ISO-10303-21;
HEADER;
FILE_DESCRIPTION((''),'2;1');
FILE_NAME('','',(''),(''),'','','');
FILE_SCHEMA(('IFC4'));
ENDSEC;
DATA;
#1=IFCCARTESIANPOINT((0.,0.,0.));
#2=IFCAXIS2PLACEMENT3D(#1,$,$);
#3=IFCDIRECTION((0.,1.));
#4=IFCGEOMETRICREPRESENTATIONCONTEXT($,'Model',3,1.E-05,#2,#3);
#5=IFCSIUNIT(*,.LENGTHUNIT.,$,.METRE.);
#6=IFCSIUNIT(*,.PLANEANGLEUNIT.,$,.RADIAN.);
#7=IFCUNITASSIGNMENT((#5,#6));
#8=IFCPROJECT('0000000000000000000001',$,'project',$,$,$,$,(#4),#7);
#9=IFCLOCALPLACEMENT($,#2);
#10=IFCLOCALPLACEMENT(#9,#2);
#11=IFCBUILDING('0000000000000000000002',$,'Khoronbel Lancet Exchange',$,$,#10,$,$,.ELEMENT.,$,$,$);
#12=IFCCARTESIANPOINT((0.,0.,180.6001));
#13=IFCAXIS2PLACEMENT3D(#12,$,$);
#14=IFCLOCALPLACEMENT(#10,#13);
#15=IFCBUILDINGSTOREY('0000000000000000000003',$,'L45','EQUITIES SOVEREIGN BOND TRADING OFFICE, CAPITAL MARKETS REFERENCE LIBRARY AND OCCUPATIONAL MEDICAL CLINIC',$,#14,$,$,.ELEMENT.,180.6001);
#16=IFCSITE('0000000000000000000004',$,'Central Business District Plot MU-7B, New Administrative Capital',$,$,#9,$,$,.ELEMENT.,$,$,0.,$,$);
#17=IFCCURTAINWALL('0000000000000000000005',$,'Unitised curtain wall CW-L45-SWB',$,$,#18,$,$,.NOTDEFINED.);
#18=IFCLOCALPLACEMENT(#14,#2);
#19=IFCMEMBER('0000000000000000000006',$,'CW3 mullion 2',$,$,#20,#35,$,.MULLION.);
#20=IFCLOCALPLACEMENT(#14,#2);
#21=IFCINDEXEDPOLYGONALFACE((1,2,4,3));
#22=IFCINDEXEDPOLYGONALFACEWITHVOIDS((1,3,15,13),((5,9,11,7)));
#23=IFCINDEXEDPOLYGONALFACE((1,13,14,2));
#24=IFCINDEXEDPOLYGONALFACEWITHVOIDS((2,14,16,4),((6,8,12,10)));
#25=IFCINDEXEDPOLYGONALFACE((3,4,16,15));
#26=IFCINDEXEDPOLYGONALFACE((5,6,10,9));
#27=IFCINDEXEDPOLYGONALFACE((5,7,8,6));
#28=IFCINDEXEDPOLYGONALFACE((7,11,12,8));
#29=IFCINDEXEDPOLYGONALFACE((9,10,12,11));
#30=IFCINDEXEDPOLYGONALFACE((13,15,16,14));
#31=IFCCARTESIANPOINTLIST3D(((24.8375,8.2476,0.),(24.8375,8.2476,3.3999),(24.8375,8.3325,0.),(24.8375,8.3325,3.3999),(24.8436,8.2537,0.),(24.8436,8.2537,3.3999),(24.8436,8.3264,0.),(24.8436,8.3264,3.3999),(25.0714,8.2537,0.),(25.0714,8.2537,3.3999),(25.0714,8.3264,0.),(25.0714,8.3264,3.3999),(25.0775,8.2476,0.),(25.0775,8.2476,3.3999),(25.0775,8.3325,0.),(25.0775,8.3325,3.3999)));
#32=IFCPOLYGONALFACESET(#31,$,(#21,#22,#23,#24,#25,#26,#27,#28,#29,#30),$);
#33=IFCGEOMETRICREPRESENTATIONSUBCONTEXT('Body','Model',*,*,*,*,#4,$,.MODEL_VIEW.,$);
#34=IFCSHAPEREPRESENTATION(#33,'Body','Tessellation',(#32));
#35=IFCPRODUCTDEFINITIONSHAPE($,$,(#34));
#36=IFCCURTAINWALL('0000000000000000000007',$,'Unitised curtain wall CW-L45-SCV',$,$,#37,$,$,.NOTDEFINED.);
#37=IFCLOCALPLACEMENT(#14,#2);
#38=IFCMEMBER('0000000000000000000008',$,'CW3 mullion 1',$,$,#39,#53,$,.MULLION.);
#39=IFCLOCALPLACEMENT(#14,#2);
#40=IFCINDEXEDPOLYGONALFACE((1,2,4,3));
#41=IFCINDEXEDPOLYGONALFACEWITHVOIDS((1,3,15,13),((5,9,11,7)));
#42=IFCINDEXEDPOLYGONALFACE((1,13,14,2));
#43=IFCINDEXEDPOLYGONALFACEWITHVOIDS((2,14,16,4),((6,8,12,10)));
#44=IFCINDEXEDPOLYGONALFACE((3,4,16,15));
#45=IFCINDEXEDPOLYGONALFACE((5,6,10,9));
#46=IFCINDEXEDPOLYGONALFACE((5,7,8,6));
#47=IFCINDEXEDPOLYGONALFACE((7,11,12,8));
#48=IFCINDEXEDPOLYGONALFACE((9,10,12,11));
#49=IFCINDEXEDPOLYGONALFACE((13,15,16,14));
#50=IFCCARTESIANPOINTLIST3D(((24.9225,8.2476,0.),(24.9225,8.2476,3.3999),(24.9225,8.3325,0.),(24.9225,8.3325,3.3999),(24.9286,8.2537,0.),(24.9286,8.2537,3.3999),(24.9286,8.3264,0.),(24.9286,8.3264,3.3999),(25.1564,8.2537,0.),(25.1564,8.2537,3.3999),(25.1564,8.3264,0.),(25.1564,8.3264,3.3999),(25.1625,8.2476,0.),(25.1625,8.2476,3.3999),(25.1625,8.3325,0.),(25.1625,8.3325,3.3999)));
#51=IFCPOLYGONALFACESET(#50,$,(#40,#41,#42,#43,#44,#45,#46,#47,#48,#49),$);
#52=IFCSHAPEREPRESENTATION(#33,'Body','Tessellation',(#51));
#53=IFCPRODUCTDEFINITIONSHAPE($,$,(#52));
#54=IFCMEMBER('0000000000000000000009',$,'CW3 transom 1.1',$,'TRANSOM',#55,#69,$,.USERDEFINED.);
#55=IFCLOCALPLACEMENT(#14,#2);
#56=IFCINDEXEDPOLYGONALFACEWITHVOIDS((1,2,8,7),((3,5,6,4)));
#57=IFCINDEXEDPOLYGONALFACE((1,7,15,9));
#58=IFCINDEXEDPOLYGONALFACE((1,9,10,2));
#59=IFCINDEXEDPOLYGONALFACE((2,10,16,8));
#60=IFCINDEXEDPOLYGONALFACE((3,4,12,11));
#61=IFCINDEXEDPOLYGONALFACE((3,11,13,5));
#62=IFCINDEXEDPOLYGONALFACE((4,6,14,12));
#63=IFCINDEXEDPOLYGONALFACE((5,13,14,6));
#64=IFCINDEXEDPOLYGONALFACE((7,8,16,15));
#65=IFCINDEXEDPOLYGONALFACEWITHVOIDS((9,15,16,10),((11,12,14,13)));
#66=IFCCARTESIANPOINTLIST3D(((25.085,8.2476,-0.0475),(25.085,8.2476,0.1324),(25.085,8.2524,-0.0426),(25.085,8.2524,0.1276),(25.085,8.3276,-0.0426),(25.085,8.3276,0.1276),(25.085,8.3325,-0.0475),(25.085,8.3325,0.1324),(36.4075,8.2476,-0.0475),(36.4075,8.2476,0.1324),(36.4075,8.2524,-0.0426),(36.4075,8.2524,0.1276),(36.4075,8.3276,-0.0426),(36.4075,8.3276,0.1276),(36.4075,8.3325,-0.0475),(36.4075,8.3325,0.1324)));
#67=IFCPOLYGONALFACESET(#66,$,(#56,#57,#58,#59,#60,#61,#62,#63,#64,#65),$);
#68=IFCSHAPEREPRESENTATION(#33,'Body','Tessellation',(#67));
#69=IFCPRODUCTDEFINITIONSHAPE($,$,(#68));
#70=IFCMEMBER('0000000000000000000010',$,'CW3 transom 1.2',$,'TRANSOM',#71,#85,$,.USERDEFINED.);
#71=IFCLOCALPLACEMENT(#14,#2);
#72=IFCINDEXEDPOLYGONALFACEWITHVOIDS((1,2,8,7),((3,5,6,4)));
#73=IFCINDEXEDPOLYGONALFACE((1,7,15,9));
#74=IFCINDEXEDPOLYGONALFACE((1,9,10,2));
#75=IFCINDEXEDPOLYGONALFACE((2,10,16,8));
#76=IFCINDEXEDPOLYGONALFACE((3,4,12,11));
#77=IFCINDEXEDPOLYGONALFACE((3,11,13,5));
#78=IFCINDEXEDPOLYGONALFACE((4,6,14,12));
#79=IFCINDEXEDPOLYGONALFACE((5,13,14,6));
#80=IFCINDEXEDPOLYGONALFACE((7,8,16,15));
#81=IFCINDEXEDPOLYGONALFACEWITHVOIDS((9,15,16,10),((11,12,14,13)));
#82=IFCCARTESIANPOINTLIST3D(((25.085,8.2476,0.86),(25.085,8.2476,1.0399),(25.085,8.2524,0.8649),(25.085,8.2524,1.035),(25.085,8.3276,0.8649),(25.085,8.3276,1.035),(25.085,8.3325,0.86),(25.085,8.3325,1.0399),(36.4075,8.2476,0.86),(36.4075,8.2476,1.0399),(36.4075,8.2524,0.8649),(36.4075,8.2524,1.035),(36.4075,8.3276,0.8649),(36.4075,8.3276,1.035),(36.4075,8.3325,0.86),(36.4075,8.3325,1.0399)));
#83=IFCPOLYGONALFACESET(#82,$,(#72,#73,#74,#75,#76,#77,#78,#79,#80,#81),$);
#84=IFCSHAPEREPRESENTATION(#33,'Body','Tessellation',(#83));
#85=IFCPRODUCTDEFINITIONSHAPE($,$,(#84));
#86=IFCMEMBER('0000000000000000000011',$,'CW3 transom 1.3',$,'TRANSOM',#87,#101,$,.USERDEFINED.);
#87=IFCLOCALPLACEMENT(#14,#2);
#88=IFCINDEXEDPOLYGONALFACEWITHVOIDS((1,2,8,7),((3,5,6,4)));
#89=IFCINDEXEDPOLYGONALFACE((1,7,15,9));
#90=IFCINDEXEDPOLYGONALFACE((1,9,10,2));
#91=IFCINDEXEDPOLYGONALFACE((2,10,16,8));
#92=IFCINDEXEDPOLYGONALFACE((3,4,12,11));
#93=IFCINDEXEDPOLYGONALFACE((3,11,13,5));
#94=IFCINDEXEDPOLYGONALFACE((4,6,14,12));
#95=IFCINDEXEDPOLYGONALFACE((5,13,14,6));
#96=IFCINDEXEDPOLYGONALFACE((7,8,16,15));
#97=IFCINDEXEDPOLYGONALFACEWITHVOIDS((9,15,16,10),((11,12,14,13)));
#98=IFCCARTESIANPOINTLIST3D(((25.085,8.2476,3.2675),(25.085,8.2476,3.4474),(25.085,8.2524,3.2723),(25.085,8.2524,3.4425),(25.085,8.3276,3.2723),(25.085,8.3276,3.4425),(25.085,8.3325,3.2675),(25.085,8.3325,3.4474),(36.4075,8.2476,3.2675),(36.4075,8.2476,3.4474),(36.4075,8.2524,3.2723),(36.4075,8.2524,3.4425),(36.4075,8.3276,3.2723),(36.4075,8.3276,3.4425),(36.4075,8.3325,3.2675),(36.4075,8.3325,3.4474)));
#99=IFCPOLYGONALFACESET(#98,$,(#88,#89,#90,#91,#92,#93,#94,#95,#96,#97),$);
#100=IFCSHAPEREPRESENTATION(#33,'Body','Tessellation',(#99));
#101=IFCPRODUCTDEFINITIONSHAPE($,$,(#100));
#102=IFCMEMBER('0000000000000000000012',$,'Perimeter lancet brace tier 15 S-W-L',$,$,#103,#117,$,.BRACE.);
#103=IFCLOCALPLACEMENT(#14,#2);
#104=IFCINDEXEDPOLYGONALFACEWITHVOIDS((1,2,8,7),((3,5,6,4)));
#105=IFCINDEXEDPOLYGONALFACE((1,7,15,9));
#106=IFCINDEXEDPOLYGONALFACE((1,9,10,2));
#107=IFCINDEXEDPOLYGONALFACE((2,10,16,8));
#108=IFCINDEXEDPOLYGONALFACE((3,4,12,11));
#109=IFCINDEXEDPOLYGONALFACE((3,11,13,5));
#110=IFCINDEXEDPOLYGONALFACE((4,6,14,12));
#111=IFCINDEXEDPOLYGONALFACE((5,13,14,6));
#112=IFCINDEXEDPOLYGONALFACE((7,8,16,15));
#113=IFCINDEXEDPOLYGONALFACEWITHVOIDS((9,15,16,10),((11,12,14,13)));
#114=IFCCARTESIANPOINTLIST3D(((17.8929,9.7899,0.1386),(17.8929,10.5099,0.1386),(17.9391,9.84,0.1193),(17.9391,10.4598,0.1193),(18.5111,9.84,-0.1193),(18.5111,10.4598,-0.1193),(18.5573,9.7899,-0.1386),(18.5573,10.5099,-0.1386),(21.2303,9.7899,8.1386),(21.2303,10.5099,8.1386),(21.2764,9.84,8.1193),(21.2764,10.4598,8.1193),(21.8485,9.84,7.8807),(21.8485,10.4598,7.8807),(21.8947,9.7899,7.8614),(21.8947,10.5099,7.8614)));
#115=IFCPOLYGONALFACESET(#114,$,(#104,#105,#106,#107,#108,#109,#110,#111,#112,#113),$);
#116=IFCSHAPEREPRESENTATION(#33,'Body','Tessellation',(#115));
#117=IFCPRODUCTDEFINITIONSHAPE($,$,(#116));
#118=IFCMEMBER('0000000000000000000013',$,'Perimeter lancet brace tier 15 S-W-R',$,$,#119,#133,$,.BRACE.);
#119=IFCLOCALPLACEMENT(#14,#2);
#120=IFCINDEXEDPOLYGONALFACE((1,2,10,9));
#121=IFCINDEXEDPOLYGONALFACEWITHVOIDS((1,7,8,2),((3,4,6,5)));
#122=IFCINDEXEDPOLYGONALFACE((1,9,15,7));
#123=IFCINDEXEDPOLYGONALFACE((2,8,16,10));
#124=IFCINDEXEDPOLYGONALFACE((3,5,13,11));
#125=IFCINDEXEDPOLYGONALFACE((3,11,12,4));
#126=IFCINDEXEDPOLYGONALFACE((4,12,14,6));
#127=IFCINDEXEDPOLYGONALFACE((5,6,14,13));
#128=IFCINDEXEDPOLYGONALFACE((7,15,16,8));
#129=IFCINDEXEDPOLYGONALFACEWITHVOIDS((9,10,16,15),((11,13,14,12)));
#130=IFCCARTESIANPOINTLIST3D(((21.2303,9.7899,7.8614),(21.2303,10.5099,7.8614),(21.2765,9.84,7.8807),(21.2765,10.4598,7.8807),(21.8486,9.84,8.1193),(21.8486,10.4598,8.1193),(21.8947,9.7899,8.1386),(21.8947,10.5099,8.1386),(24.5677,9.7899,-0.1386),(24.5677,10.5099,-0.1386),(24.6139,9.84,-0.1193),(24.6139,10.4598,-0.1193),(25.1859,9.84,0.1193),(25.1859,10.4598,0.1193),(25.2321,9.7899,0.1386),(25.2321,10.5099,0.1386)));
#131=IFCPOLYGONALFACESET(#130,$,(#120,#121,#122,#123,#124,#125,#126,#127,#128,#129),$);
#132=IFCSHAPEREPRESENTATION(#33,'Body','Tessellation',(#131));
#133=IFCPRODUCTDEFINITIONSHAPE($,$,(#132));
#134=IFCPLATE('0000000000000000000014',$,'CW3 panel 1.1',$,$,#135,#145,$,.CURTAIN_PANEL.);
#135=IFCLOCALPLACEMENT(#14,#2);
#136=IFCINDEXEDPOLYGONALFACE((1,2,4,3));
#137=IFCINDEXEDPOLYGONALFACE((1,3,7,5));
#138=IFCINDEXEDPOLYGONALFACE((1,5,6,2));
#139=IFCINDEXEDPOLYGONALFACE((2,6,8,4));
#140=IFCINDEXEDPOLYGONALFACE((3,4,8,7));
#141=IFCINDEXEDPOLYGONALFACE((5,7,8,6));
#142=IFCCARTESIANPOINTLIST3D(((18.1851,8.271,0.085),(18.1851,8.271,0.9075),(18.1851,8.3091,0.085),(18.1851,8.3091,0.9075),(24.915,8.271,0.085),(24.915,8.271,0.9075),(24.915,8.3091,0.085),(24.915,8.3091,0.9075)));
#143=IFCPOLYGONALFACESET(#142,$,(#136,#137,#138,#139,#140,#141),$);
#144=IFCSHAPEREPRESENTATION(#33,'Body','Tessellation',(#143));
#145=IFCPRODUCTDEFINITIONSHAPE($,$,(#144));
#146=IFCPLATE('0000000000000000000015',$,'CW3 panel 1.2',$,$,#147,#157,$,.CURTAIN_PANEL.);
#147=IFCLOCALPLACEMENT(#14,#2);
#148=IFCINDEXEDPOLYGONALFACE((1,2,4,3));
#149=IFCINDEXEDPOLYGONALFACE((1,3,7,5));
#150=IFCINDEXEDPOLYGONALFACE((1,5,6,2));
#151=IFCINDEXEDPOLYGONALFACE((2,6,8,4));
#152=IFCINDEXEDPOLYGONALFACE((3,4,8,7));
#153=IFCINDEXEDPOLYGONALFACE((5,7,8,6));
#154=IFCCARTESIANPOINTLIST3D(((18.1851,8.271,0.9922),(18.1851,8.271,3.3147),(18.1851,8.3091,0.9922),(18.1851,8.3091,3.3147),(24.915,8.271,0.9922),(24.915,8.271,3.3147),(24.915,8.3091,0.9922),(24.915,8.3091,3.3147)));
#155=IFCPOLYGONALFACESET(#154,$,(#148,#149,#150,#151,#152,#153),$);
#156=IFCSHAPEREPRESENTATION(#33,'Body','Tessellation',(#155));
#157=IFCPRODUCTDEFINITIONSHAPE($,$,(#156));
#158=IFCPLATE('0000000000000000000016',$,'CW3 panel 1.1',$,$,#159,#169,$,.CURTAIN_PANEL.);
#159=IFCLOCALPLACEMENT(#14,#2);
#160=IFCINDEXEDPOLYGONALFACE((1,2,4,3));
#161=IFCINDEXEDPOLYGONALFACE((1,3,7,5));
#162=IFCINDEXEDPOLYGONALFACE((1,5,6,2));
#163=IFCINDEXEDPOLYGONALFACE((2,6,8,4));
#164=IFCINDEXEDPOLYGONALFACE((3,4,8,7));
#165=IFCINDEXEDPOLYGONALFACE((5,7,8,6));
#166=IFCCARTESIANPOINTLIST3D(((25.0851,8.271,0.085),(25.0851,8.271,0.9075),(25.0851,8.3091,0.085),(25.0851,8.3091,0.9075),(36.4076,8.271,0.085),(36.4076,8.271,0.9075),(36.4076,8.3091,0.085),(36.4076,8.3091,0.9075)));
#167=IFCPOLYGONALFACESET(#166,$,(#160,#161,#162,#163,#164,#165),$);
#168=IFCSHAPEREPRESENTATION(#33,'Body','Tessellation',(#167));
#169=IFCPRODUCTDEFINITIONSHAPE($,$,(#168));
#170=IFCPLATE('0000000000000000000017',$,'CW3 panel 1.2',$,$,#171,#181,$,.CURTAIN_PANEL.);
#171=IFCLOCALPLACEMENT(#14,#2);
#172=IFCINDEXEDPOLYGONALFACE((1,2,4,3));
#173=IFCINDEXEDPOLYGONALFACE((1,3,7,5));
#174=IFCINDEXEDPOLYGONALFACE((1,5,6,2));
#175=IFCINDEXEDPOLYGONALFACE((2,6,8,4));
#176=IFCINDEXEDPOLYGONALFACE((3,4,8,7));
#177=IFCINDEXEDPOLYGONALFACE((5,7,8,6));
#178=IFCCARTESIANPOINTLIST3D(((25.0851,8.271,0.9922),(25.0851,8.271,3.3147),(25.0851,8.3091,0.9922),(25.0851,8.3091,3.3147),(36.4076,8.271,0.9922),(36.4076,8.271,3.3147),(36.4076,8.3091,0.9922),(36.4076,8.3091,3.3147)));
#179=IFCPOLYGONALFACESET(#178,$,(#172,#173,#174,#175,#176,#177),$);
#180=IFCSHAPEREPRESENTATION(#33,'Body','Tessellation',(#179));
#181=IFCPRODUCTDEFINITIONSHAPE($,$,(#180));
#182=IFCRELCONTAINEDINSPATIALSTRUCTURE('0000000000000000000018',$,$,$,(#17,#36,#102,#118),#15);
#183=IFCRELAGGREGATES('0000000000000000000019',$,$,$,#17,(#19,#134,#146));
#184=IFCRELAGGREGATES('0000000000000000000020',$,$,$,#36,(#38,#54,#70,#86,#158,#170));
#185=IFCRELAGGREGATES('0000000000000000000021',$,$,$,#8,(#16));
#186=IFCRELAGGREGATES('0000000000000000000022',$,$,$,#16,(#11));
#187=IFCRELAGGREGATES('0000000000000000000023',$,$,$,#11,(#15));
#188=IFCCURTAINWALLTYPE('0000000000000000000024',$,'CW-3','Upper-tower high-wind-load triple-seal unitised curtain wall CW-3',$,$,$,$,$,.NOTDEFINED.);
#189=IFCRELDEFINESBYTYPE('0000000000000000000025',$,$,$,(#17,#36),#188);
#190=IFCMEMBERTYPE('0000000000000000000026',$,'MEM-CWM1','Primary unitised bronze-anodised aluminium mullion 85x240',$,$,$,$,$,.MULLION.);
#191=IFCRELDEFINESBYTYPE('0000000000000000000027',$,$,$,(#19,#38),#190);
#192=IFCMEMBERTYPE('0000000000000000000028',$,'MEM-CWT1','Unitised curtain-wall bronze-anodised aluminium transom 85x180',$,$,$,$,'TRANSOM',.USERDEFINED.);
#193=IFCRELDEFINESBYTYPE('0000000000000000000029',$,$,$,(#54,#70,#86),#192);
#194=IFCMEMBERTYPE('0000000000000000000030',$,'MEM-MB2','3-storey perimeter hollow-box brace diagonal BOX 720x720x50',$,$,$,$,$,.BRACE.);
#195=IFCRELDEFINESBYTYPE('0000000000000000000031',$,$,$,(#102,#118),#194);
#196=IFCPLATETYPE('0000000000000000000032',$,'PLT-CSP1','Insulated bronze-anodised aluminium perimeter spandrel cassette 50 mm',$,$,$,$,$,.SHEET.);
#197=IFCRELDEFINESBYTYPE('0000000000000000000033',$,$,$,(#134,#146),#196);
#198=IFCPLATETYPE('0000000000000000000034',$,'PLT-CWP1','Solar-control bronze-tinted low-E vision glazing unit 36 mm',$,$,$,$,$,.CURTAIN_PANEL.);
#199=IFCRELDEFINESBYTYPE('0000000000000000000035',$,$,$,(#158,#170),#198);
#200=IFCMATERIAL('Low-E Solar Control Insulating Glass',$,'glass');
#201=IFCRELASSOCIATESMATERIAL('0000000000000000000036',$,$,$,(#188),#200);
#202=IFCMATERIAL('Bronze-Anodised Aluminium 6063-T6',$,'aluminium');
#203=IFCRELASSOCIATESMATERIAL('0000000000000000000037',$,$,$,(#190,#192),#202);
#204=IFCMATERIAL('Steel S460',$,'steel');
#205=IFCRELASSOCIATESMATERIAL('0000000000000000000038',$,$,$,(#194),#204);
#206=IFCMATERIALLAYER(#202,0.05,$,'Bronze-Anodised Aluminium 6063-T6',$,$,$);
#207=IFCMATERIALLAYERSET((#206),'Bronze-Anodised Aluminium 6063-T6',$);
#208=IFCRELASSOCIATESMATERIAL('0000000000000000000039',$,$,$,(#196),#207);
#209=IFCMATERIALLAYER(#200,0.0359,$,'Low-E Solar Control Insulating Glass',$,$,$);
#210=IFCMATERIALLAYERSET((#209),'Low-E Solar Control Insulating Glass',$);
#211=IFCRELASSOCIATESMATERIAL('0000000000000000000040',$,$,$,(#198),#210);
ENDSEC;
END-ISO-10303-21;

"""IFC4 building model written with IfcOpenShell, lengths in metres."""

from ifc_helpers import new_model, si_unit, direction, frame, origin, origin_2d, place, context, subcontext, project, spatial, rectangle, hollow_rectangle, extrude, material, layer, layer_set, material_profile, profile_set, type_object, element, aggregate, save


model = new_model("IFC4")

# Units and contexts
model_context = context("Model", 3, precision=1e-05, world=origin(), true_north=direction((0.0, 1.0)))
body_context = subcontext(model_context, "Body", "Model", "MODEL_VIEW")
ifc_project = project(units=[si_unit("LENGTHUNIT", "METRE"), si_unit("PLANEANGLEUNIT", "RADIAN")], contexts=[model_context])

# Site, building, storey
site_placement = place(None, origin())
site = spatial("IfcSite", under=ifc_project, at=site_placement, Name="Central Business District Plot MU-7B, New Administrative Capital", CompositionType="ELEMENT", RefElevation=0.0)
building_placement = place(site_placement, origin())
building = spatial("IfcBuilding", under=site, at=building_placement, Name="Khoronbel Lancet Exchange", CompositionType="ELEMENT")
storey_placement = place(building_placement, frame((0.0, 0.0, 180.6001)))
storey = spatial("IfcBuildingStorey", under=building, at=storey_placement, Name="L45", Description="EQUITIES SOVEREIGN BOND TRADING OFFICE, CAPITAL MARKETS REFERENCE LIBRARY AND OCCUPATIONAL MEDICAL CLINIC", CompositionType="ELEMENT", Elevation=180.6001)

# Shared definitions
ifc_material_1 = material(Name="Steel S460", Category="steel")

# Curtain wall, member
ifc_material_2 = material(Name="Low-E Solar Control Insulating Glass", Category="glass")
curtain_wall_type = type_object("IfcCurtainWallType", Name="CW-3", Description="Upper-tower high-wind-load triple-seal unitised curtain wall CW-3", PredefinedType="NOTDEFINED", material=ifc_material_2)
curtain_wall_1_placement = place(storey_placement, origin())
curtain_wall_1 = element("IfcCurtainWall", 1, at=curtain_wall_1_placement, inside=storey, type_object=curtain_wall_type, Name="Unitised curtain wall CW-L45-SWB", PredefinedType="NOTDEFINED")
ifc_material_3 = material(Name="Bronze-Anodised Aluminium 6063-T6", Category="aluminium")
ifc_material_profile_1 = material_profile(ifc_material_3, hollow_rectangle(XDim=0.085, YDim=0.24, WallThickness=0.0061, at=origin_2d()), Name="ALU MULLION 85x240")
ifc_profile_set_1 = profile_set([ifc_material_profile_1], Name="Bronze-Anodised Aluminium 6063-T6")
member_type_1 = type_object("IfcMemberType", Name="MEM-CWM1", Description="Primary unitised bronze-anodised aluminium mullion 85x240", PredefinedType="MULLION", material=ifc_profile_set_1)
member_1_placement = place(storey_placement, frame((24.9575, 8.29, 0.0), z_axis=(0.0, 0.0, 1.0), x_axis=(0.0, 1.0, 0.0)))
member_1 = element("IfcMember", 2, at=member_1_placement, type_object=member_type_1, Name="CW3 mullion 2", PredefinedType="MULLION", context=body_context, shape_type="SweptSolid", body=[
    extrude(hollow_rectangle(XDim=0.085, YDim=0.24, WallThickness=0.0061, at=origin_2d()), origin(), (0.0, 0.0, 1.0), 3.3999),
])

# Curtain wall, members
curtain_wall_2_placement = place(storey_placement, origin())
curtain_wall_2 = element("IfcCurtainWall", 3, at=curtain_wall_2_placement, inside=storey, type_object=curtain_wall_type, Name="Unitised curtain wall CW-L45-SCV", PredefinedType="NOTDEFINED")
member_2_placement = place(storey_placement, frame((25.0425, 8.29, 0.0), z_axis=(0.0, 0.0, 1.0), x_axis=(0.0, 1.0, 0.0)))
member_2 = element("IfcMember", 4, at=member_2_placement, type_object=member_type_1, Name="CW3 mullion 1", PredefinedType="MULLION", context=body_context, shape_type="SweptSolid", body=[
    extrude(hollow_rectangle(XDim=0.085, YDim=0.24, WallThickness=0.0061, at=origin_2d()), origin(), (0.0, 0.0, 1.0), 3.3999),
])
ifc_material_profile_2 = material_profile(ifc_material_3, hollow_rectangle(XDim=0.085, YDim=0.1799, WallThickness=0.0049, at=origin_2d()), Name="ALU TRANSOM 85x180")
ifc_profile_set_2 = profile_set([ifc_material_profile_2], Name="Bronze-Anodised Aluminium 6063-T6")
member_type_2 = type_object("IfcMemberType", Name="MEM-CWT1", Description="Unitised curtain-wall bronze-anodised aluminium transom 85x180", ElementType="TRANSOM", PredefinedType="USERDEFINED", material=ifc_profile_set_2)
member_3_placement = place(storey_placement, frame((25.085, 8.29, 0.0425), z_axis=(1.0, 0.0, 0.0), x_axis=(0.0, 1.0, 0.0)))
member_3 = element("IfcMember", 5, at=member_3_placement, type_object=member_type_2, Name="CW3 transom 1.1", ObjectType="TRANSOM", PredefinedType="USERDEFINED", context=body_context, shape_type="SweptSolid", body=[
    extrude(hollow_rectangle(XDim=0.085, YDim=0.1799, WallThickness=0.0049, at=origin_2d()), origin(), (0.0, 0.0, 1.0), 11.3225),
])
member_4_placement = place(storey_placement, frame((25.085, 8.29, 0.95), z_axis=(1.0, 0.0, 0.0), x_axis=(0.0, 1.0, 0.0)))
member_4 = element("IfcMember", 6, at=member_4_placement, type_object=member_type_2, Name="CW3 transom 1.2", ObjectType="TRANSOM", PredefinedType="USERDEFINED", context=body_context, shape_type="SweptSolid", body=[
    extrude(hollow_rectangle(XDim=0.085, YDim=0.1799, WallThickness=0.0049, at=origin_2d()), origin(), (0.0, 0.0, 1.0), 11.3225),
])
member_5_placement = place(storey_placement, frame((25.085, 8.29, 3.3574), z_axis=(1.0, 0.0, 0.0), x_axis=(0.0, 1.0, 0.0)))
member_5 = element("IfcMember", 7, at=member_5_placement, type_object=member_type_2, Name="CW3 transom 1.3", ObjectType="TRANSOM", PredefinedType="USERDEFINED", context=body_context, shape_type="SweptSolid", body=[
    extrude(hollow_rectangle(XDim=0.085, YDim=0.1799, WallThickness=0.0049, at=origin_2d()), origin(), (0.0, 0.0, 1.0), 11.3225),
])

# Members
ifc_material_profile_3 = material_profile(ifc_material_1, hollow_rectangle(XDim=0.72, YDim=0.72, WallThickness=0.05, at=origin_2d()), Name="BOX 720x720x50")
ifc_profile_set_3 = profile_set([ifc_material_profile_3], Name="Steel S460")
member_type_3 = type_object("IfcMemberType", Name="MEM-MB2", Description="3-storey perimeter hollow-box brace diagonal BOX 720x720x50", PredefinedType="BRACE", material=ifc_profile_set_3)
for number, where, z_axis, x_axis, name in (
    (8, (18.2251, 10.1499, 0.0), (0.385015, 0.0, 0.92291), (0.0, 1.0, 0.0), "Perimeter lancet brace tier 15 S-W-L"),
    (9, (24.8999, 10.1499, 0.0), (-0.385015, 0.0, 0.92291), (0.0, -1.0, 0.0), "Perimeter lancet brace tier 15 S-W-R"),
):
    element("IfcMember", number, at=place(storey_placement, frame(where, z_axis=z_axis, x_axis=x_axis)), inside=storey, type_object=member_type_3, Name=name, PredefinedType="BRACE", context=body_context, shape_type="SweptSolid", body=[
        extrude(hollow_rectangle(XDim=0.72, YDim=0.72, WallThickness=0.05, at=origin_2d()), origin(), (0.0, 0.0, 1.0), 8.6682),
    ])

# Plates
ifc_layer_1 = layer(ifc_material_3, 0.05, Name="Bronze-Anodised Aluminium 6063-T6")
ifc_layer_set_1 = layer_set([ifc_layer_1], Name="Bronze-Anodised Aluminium 6063-T6")
plate_type_1 = type_object("IfcPlateType", Name="PLT-CSP1", Description="Insulated bronze-anodised aluminium perimeter spandrel cassette 50 mm", PredefinedType="SHEET", material=ifc_layer_set_1)
plate_1_placement = place(storey_placement, frame((21.55, 8.29, 0.085), z_axis=(0.0, 0.0, 1.0), x_axis=(1.0, 0.0, 0.0)))
plate_1 = element("IfcPlate", 10, at=plate_1_placement, type_object=plate_type_1, Name="CW3 panel 1.1", PredefinedType="CURTAIN_PANEL", context=body_context, shape_type="SweptSolid", body=[
    extrude(rectangle(XDim=6.73, YDim=0.0381, at=origin_2d()), origin(), (0.0, 0.0, 1.0), 0.8225),
])
plate_2_placement = place(storey_placement, frame((21.55, 8.29, 0.9922), z_axis=(0.0, 0.0, 1.0), x_axis=(1.0, 0.0, 0.0)))
plate_2 = element("IfcPlate", 11, at=plate_2_placement, type_object=plate_type_1, Name="CW3 panel 1.2", PredefinedType="CURTAIN_PANEL", context=body_context, shape_type="SweptSolid", body=[
    extrude(rectangle(XDim=6.73, YDim=0.0381, at=origin_2d()), origin(), (0.0, 0.0, 1.0), 2.3225),
])
aggregate(curtain_wall_1, [member_1, plate_1, plate_2])
ifc_layer_2 = layer(ifc_material_2, 0.0359, Name="Low-E Solar Control Insulating Glass")
ifc_layer_set_2 = layer_set([ifc_layer_2], Name="Low-E Solar Control Insulating Glass")
plate_type_2 = type_object("IfcPlateType", Name="PLT-CWP1", Description="Solar-control bronze-tinted low-E vision glazing unit 36 mm", PredefinedType="CURTAIN_PANEL", material=ifc_layer_set_2)
plate_3_placement = place(storey_placement, frame((30.7463, 8.29, 0.085), z_axis=(0.0, 0.0, 1.0), x_axis=(1.0, 0.0, 0.0)))
plate_3 = element("IfcPlate", 12, at=plate_3_placement, type_object=plate_type_2, Name="CW3 panel 1.1", PredefinedType="CURTAIN_PANEL", context=body_context, shape_type="SweptSolid", body=[
    extrude(rectangle(XDim=11.3225, YDim=0.0381, at=origin_2d()), origin(), (0.0, 0.0, 1.0), 0.8225),
])
plate_4_placement = place(storey_placement, frame((30.7463, 8.29, 0.9922), z_axis=(0.0, 0.0, 1.0), x_axis=(1.0, 0.0, 0.0)))
plate_4 = element("IfcPlate", 13, at=plate_4_placement, type_object=plate_type_2, Name="CW3 panel 1.2", PredefinedType="CURTAIN_PANEL", context=body_context, shape_type="SweptSolid", body=[
    extrude(rectangle(XDim=11.3225, YDim=0.0381, at=origin_2d()), origin(), (0.0, 0.0, 1.0), 2.3225),
])
aggregate(curtain_wall_2, [member_2, member_3, member_4, member_5, plate_3, plate_4])

save(model, "model.ifc")
